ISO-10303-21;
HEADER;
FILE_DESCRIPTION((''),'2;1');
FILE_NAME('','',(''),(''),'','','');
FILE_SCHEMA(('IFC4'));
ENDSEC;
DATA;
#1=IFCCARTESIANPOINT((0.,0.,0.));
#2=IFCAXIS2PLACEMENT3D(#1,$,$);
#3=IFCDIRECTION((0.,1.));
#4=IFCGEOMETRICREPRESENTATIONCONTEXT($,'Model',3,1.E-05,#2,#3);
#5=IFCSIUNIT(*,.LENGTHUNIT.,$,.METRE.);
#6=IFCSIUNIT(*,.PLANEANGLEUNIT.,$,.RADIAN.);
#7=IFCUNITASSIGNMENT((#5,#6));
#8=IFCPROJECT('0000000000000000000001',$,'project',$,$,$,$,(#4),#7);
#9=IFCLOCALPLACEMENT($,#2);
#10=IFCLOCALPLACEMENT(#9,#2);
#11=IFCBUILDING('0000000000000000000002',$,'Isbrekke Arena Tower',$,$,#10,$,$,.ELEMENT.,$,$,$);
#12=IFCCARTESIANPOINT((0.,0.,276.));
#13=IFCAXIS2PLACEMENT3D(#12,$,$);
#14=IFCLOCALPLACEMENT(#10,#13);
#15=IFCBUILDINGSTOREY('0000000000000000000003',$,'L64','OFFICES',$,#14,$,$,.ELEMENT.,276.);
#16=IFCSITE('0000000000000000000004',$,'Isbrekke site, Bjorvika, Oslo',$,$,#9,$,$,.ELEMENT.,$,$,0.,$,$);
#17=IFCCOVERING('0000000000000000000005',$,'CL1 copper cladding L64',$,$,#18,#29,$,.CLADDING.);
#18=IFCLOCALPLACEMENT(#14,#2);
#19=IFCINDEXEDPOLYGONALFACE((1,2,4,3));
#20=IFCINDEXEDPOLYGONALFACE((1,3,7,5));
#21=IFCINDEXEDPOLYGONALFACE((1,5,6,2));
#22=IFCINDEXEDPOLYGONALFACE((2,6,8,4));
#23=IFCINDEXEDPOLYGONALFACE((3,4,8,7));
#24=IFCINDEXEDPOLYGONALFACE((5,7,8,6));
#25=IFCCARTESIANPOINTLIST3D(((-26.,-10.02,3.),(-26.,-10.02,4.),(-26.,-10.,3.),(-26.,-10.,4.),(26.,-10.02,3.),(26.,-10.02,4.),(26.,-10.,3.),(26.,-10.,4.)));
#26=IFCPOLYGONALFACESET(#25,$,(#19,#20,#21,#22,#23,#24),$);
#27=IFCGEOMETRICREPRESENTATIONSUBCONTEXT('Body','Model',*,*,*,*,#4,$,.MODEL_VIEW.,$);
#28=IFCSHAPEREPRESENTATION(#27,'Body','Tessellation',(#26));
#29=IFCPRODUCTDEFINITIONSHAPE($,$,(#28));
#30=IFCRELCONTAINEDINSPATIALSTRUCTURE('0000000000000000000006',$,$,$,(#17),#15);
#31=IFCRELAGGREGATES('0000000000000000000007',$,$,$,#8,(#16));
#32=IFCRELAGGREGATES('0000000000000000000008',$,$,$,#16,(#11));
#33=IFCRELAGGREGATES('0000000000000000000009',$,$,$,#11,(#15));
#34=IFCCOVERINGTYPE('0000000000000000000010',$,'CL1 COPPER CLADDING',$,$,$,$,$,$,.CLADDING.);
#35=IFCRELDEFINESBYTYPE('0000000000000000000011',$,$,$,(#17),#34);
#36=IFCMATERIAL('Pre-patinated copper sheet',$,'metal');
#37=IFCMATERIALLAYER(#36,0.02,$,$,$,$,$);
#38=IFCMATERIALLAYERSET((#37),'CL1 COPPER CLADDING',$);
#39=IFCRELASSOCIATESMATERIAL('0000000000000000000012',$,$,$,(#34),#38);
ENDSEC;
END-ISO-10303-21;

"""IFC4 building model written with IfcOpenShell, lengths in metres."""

from ifc_helpers import new_model, si_unit, direction, frame, origin, origin_2d, place, context, subcontext, project, spatial, rectangle, extrude, material, layer, layer_set, type_object, element, save


model = new_model("IFC4")

# Units and contexts
model_context = context("Model", 3, precision=1e-05, world=origin(), true_north=direction((0.0, 1.0)))
body_context = subcontext(model_context, "Body", "Model", "MODEL_VIEW")
ifc_project = project(units=[si_unit("LENGTHUNIT", "METRE"), si_unit("PLANEANGLEUNIT", "RADIAN")], contexts=[model_context])

# Site, building, storey
site_placement = place(None, origin())
site = spatial("IfcSite", under=ifc_project, at=site_placement, Name="Isbrekke site, Bjorvika, Oslo", CompositionType="ELEMENT", RefElevation=0.0)
building_placement = place(site_placement, origin())
building = spatial("IfcBuilding", under=site, at=building_placement, Name="Isbrekke Arena Tower", CompositionType="ELEMENT")
storey_placement = place(building_placement, frame((0.0, 0.0, 276.0)))
storey = spatial("IfcBuildingStorey", under=building, at=storey_placement, Name="L64", Description="OFFICES", CompositionType="ELEMENT", Elevation=276.0)

# Covering
ifc_material_1 = material(Name="Pre-patinated copper sheet", Category="metal")
ifc_layer_1 = layer(ifc_material_1, 0.02)
ifc_layer_set_1 = layer_set([ifc_layer_1], Name="CL1 COPPER CLADDING")
covering_type = type_object("IfcCoveringType", Name="CL1 COPPER CLADDING", PredefinedType="CLADDING", material=ifc_layer_set_1)
covering_placement = place(storey_placement, frame((0.0, -10.01, 3.0), z_axis=(0.0, 0.0, 1.0), x_axis=(1.0, 0.0, 0.0)))
element("IfcCovering", 1, at=covering_placement, inside=storey, type_object=covering_type, Name="CL1 copper cladding L64", PredefinedType="CLADDING", context=body_context, shape_type="SweptSolid", body=[
    extrude(rectangle(XDim=52.0, YDim=0.02, at=origin_2d()), origin(), (0.0, 0.0, 1.0), 1.0),
])

save(model, "model.ifc")
